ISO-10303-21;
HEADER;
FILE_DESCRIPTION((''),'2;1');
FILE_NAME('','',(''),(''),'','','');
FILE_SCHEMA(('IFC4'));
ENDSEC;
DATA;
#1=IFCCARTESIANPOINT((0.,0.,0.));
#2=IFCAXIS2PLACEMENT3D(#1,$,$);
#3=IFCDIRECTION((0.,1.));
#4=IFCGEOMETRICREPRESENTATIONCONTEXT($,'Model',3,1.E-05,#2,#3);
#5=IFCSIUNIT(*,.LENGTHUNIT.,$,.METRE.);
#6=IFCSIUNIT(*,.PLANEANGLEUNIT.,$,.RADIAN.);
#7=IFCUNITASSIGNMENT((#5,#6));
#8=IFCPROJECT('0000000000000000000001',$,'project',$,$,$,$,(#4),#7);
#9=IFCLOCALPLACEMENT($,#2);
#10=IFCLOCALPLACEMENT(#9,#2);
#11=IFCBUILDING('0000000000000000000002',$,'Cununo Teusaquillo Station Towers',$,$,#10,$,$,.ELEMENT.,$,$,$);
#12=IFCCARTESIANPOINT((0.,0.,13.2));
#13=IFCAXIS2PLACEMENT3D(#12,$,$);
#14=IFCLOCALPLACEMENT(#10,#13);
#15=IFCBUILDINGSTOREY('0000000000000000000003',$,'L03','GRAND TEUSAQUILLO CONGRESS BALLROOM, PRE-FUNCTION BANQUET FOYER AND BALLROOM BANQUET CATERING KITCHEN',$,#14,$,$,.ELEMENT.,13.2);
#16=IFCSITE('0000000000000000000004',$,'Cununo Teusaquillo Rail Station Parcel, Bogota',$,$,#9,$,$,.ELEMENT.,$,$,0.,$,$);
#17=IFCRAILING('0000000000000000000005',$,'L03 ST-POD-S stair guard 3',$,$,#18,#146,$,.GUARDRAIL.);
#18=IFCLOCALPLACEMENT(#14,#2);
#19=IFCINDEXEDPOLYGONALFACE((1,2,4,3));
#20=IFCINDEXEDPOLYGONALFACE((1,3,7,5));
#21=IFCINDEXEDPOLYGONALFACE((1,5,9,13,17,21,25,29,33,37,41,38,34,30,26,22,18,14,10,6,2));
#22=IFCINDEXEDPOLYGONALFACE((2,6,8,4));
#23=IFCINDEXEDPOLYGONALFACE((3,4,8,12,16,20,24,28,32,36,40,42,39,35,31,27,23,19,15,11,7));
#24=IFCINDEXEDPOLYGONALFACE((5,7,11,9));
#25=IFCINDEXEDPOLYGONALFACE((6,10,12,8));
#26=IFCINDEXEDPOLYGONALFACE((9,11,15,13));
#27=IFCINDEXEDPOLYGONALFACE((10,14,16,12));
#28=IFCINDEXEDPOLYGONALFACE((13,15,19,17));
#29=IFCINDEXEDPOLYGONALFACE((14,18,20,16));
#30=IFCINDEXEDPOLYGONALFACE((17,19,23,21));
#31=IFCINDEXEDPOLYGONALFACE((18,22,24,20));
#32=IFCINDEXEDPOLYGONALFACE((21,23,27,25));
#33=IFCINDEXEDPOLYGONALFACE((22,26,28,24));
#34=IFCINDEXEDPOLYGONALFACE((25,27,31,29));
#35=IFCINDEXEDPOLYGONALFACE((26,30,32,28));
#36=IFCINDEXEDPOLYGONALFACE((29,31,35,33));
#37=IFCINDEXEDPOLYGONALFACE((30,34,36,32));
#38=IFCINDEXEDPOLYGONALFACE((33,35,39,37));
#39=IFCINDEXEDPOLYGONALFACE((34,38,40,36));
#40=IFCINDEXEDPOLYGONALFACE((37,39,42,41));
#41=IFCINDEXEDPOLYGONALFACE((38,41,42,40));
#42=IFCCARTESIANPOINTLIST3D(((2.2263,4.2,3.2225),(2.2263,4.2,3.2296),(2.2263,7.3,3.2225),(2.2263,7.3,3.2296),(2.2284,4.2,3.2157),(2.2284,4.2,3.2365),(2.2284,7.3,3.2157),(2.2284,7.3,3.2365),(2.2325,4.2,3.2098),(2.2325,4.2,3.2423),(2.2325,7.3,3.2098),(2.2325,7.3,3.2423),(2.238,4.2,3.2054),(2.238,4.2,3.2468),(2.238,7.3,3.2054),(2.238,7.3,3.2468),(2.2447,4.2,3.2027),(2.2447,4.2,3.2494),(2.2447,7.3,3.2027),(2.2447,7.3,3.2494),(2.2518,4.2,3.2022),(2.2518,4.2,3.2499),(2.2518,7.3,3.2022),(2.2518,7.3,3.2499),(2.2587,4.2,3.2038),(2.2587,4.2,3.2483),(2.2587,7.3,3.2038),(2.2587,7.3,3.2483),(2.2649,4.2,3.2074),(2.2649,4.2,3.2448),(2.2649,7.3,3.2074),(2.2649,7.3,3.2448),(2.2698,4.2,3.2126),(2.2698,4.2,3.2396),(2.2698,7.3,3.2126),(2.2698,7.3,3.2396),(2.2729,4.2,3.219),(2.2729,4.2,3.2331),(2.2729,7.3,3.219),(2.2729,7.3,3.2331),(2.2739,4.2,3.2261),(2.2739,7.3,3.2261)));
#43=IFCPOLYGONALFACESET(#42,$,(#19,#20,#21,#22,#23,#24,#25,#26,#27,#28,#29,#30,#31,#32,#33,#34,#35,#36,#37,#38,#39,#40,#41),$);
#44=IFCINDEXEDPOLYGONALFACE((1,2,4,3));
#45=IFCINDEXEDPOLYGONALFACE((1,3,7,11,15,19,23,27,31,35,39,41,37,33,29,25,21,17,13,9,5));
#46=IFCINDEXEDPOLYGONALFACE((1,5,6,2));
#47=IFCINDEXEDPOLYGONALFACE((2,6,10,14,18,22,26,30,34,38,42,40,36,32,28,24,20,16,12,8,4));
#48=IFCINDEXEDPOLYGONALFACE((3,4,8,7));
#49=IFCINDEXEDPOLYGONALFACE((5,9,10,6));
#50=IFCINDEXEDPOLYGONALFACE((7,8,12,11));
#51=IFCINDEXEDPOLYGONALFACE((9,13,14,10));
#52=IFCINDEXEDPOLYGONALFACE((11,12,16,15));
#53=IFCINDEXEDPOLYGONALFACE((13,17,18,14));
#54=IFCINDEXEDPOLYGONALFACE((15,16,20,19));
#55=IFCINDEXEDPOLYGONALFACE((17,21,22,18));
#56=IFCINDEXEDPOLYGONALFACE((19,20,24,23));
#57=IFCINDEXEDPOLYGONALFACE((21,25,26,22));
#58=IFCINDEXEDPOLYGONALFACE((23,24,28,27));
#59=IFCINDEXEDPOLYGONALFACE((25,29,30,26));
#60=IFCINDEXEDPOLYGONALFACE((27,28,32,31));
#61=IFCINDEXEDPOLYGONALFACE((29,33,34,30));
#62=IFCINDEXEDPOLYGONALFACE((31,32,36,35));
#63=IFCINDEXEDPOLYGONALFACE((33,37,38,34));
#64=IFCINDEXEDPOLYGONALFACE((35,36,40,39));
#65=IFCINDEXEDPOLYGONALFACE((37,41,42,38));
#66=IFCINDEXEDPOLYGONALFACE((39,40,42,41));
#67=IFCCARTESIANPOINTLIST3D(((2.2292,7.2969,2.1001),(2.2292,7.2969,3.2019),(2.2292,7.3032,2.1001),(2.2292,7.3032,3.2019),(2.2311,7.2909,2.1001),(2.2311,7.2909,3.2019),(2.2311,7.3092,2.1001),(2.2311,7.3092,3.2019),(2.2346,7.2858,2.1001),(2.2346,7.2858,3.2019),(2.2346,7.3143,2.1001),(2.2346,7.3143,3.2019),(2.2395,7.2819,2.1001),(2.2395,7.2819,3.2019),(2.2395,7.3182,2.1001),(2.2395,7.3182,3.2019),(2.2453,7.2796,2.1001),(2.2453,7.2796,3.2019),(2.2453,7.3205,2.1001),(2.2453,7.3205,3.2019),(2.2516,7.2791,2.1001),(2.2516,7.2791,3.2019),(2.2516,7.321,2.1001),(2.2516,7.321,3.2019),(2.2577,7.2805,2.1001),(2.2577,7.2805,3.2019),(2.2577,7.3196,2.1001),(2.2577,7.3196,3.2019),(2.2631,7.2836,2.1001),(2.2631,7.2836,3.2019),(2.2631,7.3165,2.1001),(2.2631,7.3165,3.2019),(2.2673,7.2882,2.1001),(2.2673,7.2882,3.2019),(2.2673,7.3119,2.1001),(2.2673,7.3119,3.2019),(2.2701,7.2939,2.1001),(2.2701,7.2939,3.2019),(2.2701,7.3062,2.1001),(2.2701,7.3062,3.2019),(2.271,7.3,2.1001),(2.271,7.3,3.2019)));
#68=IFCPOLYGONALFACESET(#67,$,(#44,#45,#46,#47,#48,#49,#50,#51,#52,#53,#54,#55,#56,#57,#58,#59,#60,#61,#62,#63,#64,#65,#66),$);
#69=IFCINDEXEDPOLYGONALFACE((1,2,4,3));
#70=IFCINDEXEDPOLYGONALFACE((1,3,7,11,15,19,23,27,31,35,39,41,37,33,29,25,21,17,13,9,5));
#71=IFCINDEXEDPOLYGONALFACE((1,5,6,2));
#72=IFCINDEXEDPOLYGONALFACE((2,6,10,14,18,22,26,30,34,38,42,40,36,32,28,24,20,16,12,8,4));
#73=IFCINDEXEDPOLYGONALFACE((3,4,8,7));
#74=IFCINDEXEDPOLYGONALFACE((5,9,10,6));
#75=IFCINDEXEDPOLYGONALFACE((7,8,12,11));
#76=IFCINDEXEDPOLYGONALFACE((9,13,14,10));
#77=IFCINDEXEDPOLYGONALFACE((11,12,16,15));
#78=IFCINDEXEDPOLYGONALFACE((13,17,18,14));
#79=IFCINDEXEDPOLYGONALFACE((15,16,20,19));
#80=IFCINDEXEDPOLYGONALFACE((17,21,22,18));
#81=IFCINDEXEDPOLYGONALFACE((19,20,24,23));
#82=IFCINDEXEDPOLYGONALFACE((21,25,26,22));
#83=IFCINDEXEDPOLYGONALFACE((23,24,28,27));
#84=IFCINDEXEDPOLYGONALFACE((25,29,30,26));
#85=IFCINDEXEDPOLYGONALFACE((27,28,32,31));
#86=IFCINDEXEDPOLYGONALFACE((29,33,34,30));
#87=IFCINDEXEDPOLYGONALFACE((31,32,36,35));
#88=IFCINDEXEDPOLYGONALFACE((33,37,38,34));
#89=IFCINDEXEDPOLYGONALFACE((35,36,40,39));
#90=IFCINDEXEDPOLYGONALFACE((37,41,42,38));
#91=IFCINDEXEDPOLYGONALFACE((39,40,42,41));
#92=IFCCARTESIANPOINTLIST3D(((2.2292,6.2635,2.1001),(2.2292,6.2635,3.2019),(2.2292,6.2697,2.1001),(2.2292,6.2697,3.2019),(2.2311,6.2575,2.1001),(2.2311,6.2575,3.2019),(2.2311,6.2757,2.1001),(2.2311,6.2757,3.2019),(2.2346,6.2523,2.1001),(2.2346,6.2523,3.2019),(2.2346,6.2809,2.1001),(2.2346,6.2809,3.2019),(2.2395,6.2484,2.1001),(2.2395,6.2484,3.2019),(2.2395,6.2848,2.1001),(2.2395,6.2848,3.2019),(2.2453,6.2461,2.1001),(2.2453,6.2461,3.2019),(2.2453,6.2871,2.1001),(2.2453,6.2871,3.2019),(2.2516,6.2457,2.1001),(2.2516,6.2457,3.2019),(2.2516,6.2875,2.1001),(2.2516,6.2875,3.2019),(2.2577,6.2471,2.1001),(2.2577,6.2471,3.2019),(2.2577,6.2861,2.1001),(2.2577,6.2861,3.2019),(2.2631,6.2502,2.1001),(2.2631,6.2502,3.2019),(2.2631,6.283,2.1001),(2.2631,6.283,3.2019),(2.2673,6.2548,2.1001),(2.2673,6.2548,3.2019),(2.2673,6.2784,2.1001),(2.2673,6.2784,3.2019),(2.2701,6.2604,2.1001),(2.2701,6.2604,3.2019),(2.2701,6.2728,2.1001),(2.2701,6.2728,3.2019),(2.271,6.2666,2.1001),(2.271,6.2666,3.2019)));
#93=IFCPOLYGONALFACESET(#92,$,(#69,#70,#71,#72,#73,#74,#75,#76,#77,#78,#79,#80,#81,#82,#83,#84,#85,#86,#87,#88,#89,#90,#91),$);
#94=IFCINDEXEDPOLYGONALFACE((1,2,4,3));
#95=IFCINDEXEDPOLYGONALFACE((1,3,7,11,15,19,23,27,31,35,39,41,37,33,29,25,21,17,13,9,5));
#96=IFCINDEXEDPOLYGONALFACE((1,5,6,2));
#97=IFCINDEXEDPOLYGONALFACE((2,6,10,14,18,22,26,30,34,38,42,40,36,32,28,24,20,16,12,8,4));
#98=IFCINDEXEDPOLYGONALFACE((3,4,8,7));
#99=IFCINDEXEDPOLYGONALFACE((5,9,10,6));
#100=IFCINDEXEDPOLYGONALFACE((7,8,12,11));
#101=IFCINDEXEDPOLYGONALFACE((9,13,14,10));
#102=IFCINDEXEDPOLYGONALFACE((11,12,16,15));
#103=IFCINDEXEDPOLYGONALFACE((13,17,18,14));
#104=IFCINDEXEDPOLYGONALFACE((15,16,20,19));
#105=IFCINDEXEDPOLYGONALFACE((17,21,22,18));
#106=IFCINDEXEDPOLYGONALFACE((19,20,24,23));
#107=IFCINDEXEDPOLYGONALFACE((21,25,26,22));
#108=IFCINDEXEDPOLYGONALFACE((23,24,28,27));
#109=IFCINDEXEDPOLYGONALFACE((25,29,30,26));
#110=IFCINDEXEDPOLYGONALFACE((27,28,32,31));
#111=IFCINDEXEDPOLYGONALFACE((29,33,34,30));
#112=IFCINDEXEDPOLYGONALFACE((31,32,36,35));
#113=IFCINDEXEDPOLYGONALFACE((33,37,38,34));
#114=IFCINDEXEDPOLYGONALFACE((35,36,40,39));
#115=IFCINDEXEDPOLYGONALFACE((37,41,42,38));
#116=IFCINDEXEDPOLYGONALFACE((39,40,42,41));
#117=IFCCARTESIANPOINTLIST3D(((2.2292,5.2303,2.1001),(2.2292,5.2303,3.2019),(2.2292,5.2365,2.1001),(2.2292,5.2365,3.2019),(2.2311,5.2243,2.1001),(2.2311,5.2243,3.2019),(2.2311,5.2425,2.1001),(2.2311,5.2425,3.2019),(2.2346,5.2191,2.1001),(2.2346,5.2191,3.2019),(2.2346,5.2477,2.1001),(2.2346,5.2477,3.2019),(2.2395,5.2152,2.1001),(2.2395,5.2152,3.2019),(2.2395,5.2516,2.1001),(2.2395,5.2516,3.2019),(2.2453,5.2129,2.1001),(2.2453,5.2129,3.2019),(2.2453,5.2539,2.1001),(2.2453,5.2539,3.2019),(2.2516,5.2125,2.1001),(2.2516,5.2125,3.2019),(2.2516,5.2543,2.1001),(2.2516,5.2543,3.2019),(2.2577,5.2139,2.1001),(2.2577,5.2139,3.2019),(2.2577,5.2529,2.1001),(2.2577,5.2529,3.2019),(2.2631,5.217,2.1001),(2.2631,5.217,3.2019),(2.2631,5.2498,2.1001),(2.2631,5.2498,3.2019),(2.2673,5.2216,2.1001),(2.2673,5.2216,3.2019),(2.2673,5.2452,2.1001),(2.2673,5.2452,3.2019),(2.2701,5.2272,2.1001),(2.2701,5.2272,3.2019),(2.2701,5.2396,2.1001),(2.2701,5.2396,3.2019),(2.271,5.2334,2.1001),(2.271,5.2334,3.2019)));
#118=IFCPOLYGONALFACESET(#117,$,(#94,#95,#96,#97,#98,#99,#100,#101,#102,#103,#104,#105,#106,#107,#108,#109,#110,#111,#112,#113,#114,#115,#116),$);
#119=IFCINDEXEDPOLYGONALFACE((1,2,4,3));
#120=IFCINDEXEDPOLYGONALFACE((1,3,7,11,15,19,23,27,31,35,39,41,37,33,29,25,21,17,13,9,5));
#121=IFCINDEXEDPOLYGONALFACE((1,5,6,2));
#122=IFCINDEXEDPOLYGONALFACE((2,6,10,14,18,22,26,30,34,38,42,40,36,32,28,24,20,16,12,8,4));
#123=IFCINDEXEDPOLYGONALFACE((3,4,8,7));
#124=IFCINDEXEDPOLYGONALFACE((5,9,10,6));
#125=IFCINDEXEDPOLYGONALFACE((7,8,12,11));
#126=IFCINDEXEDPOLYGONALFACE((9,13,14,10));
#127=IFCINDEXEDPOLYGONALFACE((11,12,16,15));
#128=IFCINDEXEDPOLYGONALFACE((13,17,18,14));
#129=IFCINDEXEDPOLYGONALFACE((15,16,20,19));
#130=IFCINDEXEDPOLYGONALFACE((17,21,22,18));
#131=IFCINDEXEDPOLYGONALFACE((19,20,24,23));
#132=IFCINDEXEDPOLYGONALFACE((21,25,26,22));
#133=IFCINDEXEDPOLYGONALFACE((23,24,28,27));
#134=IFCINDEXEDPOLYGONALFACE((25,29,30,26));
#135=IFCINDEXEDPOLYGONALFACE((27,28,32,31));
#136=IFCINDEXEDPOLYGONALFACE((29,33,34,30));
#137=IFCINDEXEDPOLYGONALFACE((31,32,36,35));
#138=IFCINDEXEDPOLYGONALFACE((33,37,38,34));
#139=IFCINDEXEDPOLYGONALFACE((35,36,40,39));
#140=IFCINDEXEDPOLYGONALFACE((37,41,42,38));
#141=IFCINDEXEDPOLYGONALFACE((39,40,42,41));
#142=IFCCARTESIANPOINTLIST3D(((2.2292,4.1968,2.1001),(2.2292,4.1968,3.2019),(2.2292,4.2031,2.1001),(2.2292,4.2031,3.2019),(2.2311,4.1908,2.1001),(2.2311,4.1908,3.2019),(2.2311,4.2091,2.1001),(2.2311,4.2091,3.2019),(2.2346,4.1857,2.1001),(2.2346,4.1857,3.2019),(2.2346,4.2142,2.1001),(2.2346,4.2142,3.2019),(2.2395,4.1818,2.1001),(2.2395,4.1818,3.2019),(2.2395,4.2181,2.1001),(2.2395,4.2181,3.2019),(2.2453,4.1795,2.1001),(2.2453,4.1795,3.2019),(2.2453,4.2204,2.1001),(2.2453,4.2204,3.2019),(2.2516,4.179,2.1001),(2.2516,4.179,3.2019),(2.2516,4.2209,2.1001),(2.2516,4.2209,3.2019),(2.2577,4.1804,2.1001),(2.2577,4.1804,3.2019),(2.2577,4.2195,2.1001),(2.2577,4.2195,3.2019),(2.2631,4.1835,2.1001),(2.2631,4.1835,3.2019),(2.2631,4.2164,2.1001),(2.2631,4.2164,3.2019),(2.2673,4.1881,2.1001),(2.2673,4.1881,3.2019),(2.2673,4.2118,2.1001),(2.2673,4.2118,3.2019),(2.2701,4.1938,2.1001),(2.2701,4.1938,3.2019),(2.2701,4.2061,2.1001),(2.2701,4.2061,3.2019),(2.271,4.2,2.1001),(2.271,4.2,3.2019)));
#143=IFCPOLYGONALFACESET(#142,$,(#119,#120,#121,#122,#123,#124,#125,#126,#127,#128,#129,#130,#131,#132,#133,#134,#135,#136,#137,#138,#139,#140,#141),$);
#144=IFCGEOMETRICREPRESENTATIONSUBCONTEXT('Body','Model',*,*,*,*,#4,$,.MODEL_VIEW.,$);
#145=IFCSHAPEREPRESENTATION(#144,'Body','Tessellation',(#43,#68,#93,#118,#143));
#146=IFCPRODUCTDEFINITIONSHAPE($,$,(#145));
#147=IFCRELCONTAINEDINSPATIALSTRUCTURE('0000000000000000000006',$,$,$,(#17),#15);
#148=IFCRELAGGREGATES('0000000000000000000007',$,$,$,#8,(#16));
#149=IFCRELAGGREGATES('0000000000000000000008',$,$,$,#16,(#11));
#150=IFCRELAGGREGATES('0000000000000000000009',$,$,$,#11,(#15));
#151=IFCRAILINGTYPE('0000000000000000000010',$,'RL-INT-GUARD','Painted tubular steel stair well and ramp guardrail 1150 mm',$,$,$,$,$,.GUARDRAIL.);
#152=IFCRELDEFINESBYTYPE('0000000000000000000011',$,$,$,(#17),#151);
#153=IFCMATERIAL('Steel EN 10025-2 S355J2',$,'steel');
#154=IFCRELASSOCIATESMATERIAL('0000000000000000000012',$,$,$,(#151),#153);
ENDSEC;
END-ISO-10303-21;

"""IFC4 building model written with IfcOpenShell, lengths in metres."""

from ifc_helpers import new_model, si_unit, direction, frame, origin, origin_2d, place, context, subcontext, project, spatial, circle, extrude, material, type_object, element, save


model = new_model("IFC4")

# Units and contexts
model_context = context("Model", 3, precision=1e-05, world=origin(), true_north=direction((0.0, 1.0)))
body_context = subcontext(model_context, "Body", "Model", "MODEL_VIEW")
ifc_project = project(units=[si_unit("LENGTHUNIT", "METRE"), si_unit("PLANEANGLEUNIT", "RADIAN")], contexts=[model_context])

# Site, building, storey
site_placement = place(None, origin())
site = spatial("IfcSite", under=ifc_project, at=site_placement, Name="Cununo Teusaquillo Rail Station Parcel, Bogota", CompositionType="ELEMENT", RefElevation=0.0)
building_placement = place(site_placement, origin())
building = spatial("IfcBuilding", under=site, at=building_placement, Name="Cununo Teusaquillo Station Towers", CompositionType="ELEMENT")
storey_placement = place(building_placement, frame((0.0, 0.0, 13.2)))
storey = spatial("IfcBuildingStorey", under=building, at=storey_placement, Name="L03", Description="GRAND TEUSAQUILLO CONGRESS BALLROOM, PRE-FUNCTION BANQUET FOYER AND BALLROOM BANQUET CATERING KITCHEN", CompositionType="ELEMENT", Elevation=13.2)

# Railing
ifc_material_1 = material(Name="Steel EN 10025-2 S355J2", Category="steel")
railing_type_1 = type_object("IfcRailingType", Name="RL-INT-GUARD", Description="Painted tubular steel stair well and ramp guardrail 1150 mm", PredefinedType="GUARDRAIL", material=ifc_material_1)
railing_1_placement = place(storey_placement, frame((2.25, 7.3, 2.1001)))
element("IfcRailing", 1, at=railing_1_placement, inside=storey, type_object=railing_type_1, Name="L03 ST-POD-S stair guard 3", PredefinedType="GUARDRAIL", context=body_context, shape_type="SweptSolid", body=[
    extrude(circle(Radius=0.0239, at=origin_2d()), frame((0.0, 0.0, 1.126), z_axis=(0.0, -1.0, 0.0), x_axis=(1.0, 0.0, 0.0)), (0.0, 0.0, 1.0), 3.1001),
    extrude(circle(Radius=0.021, at=origin_2d()), origin(), (0.0, 0.0, 1.0), 1.1018),
    extrude(circle(Radius=0.021, at=origin_2d()), frame((0.0, -1.0334, 0.0)), (0.0, 0.0, 1.0), 1.1018),
    extrude(circle(Radius=0.021, at=origin_2d()), frame((0.0, -2.0667, 0.0)), (0.0, 0.0, 1.0), 1.1018),
    extrude(circle(Radius=0.021, at=origin_2d()), frame((0.0, -3.1001, 0.0)), (0.0, 0.0, 1.0), 1.1018),
])

save(model, "model.ifc")
